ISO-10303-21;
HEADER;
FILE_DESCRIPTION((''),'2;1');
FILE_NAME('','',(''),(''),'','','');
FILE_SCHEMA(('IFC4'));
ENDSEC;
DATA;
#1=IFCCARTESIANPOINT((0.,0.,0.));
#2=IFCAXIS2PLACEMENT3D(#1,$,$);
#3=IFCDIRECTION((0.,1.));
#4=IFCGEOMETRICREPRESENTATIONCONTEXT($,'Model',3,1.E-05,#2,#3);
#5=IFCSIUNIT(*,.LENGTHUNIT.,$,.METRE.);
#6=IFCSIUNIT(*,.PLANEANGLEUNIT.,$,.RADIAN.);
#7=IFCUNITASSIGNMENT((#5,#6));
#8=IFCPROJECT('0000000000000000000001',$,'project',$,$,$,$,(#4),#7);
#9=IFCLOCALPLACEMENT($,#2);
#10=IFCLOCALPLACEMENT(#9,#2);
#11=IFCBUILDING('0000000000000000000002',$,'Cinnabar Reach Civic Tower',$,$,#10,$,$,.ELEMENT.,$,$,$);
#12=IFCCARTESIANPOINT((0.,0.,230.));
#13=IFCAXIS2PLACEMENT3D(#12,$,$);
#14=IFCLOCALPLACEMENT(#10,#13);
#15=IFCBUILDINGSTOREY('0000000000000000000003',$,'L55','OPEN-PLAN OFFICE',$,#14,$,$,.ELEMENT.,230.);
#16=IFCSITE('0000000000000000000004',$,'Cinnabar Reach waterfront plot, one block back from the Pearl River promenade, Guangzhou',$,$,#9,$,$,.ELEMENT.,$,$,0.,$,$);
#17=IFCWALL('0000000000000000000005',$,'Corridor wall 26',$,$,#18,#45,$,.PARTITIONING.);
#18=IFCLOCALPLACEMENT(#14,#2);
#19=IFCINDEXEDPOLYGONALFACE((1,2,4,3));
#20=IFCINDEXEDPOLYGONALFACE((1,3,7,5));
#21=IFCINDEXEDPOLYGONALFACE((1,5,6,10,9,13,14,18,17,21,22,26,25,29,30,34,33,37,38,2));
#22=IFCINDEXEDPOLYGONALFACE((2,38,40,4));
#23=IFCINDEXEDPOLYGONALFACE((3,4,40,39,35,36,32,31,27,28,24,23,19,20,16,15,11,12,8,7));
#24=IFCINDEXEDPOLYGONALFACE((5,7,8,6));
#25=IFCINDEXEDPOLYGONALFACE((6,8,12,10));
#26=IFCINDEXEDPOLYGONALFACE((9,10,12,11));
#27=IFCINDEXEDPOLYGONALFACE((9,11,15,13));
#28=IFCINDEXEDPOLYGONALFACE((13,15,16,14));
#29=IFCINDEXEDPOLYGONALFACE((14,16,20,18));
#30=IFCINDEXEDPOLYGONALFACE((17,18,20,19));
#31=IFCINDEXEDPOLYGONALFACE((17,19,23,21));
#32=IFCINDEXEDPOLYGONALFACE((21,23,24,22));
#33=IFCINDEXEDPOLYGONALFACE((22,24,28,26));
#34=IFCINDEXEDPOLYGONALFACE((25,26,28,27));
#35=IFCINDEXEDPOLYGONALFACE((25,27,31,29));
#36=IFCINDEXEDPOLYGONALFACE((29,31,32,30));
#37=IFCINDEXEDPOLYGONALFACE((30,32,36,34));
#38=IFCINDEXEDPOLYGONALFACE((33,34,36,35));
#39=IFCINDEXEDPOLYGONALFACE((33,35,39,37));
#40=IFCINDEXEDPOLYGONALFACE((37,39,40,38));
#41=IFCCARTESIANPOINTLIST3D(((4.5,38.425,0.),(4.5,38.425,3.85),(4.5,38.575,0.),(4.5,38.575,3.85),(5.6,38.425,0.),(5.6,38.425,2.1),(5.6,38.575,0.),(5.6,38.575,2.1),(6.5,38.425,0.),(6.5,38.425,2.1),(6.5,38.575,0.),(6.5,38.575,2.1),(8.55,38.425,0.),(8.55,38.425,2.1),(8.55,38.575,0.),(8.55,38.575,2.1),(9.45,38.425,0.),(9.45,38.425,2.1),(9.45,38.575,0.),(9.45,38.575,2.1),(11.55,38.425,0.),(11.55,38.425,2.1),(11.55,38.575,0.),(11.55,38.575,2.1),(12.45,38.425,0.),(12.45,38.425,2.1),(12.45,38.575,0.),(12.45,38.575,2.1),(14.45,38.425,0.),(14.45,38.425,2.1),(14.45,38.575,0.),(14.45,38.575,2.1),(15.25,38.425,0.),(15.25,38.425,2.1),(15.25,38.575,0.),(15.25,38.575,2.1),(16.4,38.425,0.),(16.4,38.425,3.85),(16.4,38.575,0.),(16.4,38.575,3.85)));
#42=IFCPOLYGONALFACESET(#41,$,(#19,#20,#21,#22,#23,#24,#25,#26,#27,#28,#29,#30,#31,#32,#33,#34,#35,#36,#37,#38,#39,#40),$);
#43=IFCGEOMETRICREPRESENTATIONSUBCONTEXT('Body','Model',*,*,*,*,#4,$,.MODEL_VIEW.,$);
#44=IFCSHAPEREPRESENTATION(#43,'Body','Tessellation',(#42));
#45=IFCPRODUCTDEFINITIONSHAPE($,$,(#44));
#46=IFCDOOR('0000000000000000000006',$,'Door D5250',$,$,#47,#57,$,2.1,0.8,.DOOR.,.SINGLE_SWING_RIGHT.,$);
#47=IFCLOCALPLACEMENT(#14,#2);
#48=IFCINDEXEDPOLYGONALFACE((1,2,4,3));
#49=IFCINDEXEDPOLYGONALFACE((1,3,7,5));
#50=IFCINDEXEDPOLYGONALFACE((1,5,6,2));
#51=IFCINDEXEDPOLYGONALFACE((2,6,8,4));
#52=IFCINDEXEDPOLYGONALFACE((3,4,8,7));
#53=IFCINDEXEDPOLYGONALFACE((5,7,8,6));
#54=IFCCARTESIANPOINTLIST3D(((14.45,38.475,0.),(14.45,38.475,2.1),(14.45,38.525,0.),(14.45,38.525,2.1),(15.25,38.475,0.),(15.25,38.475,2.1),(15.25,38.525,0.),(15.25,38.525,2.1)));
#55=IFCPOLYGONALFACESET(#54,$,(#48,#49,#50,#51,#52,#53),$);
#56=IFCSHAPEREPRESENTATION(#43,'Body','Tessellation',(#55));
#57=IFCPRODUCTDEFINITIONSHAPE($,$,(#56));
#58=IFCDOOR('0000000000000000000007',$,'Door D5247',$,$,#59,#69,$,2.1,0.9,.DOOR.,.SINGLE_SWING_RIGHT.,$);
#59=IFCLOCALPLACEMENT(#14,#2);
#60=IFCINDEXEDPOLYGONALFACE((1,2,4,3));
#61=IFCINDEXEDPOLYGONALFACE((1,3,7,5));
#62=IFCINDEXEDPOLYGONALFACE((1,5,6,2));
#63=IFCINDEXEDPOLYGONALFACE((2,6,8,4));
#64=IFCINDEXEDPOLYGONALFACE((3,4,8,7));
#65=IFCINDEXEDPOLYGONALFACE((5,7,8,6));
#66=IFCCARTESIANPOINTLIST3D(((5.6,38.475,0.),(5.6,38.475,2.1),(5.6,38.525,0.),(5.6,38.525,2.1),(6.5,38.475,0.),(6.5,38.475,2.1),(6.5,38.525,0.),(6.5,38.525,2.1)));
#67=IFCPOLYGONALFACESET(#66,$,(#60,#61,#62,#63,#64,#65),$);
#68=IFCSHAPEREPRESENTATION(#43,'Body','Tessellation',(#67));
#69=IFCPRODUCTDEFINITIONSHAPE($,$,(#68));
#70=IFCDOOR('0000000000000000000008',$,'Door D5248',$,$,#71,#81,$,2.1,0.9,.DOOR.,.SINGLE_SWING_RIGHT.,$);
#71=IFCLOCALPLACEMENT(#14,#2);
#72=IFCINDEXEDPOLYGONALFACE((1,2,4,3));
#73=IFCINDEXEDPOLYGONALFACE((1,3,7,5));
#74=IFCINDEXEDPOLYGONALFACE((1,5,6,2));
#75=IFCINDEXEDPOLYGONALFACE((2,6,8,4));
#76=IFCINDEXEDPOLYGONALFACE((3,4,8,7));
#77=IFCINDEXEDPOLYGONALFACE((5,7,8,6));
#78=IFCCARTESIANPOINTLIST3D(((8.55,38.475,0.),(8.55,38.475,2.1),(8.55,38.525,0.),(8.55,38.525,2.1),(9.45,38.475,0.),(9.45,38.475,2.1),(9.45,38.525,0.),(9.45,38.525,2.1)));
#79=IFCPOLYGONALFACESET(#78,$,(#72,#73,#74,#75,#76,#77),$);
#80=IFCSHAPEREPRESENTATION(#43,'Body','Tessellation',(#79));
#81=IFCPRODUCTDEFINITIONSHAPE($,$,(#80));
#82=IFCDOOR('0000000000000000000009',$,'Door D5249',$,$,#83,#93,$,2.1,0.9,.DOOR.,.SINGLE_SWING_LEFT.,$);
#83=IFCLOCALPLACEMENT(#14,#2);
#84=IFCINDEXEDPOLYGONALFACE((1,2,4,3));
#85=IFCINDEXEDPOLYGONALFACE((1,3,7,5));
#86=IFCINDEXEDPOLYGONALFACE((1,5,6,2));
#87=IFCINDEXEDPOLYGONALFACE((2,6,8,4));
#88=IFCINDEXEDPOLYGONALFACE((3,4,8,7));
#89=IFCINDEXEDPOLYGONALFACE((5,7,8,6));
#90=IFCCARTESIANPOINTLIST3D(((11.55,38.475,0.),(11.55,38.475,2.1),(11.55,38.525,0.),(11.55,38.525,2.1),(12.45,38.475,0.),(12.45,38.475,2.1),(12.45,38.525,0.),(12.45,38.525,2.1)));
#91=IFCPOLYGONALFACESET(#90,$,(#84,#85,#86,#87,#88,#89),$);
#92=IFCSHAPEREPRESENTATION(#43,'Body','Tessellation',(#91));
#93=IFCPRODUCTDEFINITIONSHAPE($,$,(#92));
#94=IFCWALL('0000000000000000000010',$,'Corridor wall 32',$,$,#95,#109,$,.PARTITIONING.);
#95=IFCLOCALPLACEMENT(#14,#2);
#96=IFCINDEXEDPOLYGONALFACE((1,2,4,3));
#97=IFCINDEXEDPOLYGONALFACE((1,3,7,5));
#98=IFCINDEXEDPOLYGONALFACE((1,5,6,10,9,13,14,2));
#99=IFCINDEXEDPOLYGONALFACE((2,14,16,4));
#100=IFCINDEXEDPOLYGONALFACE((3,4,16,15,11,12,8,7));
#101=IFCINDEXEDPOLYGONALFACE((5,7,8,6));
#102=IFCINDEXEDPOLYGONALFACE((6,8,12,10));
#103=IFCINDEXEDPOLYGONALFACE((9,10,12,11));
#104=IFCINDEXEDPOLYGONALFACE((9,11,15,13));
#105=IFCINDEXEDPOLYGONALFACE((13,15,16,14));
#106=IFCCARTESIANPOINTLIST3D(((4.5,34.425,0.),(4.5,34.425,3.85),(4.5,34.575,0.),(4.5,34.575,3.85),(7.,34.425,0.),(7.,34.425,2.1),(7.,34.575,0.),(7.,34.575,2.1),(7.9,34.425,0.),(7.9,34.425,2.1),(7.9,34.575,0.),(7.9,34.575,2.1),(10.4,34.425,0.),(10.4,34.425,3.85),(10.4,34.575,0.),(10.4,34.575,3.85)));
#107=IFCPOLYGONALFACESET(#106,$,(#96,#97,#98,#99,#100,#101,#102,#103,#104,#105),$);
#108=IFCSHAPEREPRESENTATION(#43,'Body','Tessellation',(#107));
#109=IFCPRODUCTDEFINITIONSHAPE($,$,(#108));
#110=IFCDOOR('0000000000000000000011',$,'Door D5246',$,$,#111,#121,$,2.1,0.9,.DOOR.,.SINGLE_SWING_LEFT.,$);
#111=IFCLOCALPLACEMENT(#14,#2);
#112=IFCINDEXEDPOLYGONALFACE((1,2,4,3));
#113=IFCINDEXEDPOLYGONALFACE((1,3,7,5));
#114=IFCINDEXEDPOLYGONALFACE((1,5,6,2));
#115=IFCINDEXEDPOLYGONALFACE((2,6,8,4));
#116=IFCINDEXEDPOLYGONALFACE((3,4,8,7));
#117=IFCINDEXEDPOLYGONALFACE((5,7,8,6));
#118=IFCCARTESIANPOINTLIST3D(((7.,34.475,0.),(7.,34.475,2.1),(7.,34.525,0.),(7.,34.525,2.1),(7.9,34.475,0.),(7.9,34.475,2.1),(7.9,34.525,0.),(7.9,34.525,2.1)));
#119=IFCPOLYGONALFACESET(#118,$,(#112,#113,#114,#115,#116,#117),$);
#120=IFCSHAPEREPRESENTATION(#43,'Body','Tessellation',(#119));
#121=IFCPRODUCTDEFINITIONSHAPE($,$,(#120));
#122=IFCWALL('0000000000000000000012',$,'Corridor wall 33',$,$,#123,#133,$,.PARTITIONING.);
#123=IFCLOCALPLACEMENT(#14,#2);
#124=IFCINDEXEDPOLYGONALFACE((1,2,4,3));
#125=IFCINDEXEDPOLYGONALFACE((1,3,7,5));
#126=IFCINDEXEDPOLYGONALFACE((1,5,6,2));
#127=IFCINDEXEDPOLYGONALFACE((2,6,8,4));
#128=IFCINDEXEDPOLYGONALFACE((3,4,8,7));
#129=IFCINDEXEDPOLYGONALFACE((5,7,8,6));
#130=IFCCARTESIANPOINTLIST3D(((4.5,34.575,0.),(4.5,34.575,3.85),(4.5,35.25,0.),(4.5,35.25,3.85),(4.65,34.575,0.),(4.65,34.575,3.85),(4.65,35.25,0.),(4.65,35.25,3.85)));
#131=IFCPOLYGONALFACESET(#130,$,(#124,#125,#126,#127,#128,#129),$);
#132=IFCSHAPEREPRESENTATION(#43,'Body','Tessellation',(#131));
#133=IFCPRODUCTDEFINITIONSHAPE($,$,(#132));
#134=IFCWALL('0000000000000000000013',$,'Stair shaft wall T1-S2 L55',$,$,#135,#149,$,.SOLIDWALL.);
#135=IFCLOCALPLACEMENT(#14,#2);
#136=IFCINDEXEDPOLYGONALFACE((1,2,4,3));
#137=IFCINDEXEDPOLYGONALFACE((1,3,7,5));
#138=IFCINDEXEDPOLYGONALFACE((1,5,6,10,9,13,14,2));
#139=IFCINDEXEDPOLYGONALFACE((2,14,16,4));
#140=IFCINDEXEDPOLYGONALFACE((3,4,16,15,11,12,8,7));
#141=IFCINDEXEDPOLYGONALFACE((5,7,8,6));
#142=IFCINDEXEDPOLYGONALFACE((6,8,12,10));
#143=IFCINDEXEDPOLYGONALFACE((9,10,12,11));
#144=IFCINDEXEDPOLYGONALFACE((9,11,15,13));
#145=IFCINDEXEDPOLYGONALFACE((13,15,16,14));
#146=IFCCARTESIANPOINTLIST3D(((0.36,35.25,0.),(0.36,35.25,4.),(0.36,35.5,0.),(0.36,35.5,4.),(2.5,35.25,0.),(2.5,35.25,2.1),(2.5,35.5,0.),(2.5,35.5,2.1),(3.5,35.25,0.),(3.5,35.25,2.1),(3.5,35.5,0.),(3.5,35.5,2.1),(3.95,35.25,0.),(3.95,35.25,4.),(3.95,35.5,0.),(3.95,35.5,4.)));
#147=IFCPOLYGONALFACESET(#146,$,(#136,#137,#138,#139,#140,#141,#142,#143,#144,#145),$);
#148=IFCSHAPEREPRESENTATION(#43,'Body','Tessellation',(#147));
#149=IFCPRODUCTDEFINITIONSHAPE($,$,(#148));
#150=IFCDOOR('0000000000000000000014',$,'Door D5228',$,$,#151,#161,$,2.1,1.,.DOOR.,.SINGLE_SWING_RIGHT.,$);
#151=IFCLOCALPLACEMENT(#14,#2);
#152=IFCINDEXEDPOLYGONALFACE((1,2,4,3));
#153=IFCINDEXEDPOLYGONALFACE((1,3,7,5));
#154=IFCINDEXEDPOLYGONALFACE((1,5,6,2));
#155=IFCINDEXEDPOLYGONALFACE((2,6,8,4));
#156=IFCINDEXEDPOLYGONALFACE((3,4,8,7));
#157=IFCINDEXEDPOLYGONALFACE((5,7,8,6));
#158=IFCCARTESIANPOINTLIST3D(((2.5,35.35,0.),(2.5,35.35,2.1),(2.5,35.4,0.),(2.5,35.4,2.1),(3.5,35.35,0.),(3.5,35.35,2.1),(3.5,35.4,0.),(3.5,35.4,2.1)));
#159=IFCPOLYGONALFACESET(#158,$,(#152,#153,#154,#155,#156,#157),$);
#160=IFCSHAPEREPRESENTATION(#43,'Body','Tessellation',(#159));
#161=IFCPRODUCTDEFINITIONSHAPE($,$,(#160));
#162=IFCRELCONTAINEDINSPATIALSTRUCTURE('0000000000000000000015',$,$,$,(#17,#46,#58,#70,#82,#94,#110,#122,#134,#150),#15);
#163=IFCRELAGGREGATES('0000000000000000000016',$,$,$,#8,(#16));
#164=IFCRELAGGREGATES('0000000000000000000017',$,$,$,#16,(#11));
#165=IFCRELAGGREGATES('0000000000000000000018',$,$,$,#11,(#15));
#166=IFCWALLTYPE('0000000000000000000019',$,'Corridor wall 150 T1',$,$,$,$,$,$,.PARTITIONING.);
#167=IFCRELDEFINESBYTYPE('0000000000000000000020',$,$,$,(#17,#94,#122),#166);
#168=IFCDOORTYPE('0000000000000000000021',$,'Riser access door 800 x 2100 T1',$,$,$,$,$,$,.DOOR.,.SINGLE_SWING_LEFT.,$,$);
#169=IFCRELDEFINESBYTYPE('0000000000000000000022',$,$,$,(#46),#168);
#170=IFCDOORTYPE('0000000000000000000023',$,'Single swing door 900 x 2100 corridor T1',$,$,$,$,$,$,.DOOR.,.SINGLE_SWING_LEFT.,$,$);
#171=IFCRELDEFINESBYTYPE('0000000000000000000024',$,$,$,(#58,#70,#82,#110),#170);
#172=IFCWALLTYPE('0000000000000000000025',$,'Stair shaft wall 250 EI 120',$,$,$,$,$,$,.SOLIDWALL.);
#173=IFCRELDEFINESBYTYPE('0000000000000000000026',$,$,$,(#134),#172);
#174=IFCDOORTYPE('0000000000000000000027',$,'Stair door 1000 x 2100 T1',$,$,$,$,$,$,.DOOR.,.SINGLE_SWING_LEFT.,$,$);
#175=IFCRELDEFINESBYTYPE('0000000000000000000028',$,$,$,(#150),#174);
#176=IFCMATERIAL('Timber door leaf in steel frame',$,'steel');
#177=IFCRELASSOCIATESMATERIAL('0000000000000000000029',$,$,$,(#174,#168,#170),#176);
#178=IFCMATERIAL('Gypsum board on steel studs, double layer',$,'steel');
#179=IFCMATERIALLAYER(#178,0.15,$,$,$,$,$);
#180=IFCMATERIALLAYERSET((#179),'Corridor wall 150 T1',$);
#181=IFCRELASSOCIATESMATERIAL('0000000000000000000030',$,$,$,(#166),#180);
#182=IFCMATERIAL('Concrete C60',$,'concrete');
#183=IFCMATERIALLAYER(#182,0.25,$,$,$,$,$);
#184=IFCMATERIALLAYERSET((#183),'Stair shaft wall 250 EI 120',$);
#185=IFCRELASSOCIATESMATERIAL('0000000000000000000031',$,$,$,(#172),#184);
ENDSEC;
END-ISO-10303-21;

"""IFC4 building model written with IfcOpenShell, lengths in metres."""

from ifc_helpers import new_model, si_unit, direction, frame, frame_2d, origin, place, context, subcontext, project, spatial, rectangle, extrude, material, layer, layer_set, type_object, element, fill, save


model = new_model("IFC4")

# Units and contexts
model_context = context("Model", 3, precision=1e-05, world=origin(), true_north=direction((0.0, 1.0)))
body_context = subcontext(model_context, "Body", "Model", "MODEL_VIEW")
ifc_project = project(units=[si_unit("LENGTHUNIT", "METRE"), si_unit("PLANEANGLEUNIT", "RADIAN")], contexts=[model_context])

# Site, building, storey
site_placement = place(None, origin())
site = spatial("IfcSite", under=ifc_project, at=site_placement, Name="Cinnabar Reach waterfront plot, one block back from the Pearl River promenade, Guangzhou", CompositionType="ELEMENT", RefElevation=0.0)
building_placement = place(site_placement, origin())
building = spatial("IfcBuilding", under=site, at=building_placement, Name="Cinnabar Reach Civic Tower", CompositionType="ELEMENT")
storey_placement = place(building_placement, frame((0.0, 0.0, 230.0)))
storey = spatial("IfcBuildingStorey", under=building, at=storey_placement, Name="L55", Description="OPEN-PLAN OFFICE", CompositionType="ELEMENT", Elevation=230.0)

# Shared definitions
ifc_material_1 = material(Name="Concrete C60", Category="concrete")
ifc_material_2 = material(Name="Timber door leaf in steel frame", Category="steel")
door_type_1 = type_object("IfcDoorType", Name="Stair door 1000 x 2100 T1", OperationType="SINGLE_SWING_LEFT", PredefinedType="DOOR", material=ifc_material_2)

# Wall, openings, doors
ifc_material_3 = material(Name="Gypsum board on steel studs, double layer", Category="steel")
ifc_layer_1 = layer(ifc_material_3, 0.15)
ifc_layer_set_1 = layer_set([ifc_layer_1], Name="Corridor wall 150 T1")
wall_type_1 = type_object("IfcWallType", Name="Corridor wall 150 T1", PredefinedType="PARTITIONING", material=ifc_layer_set_1)
wall_1_placement = place(storey_placement, frame((4.5, 38.5, 0.0), z_axis=(0.0, 0.0, 1.0), x_axis=(1.0, 0.0, 0.0)))
wall_1 = element("IfcWall", 1, at=wall_1_placement, inside=storey, type_object=wall_type_1, Name="Corridor wall 26", PredefinedType="PARTITIONING", context=body_context, shape_type="SweptSolid", body=[
    extrude(rectangle(XDim=11.9, YDim=0.15, at=frame_2d((5.95, 0.0))), origin(), (0.0, 0.0, 1.0), 3.85),
])
opening_1_placement = place(wall_1_placement, frame((1.1, 0.0, 0.0)))
opening_1 = element("IfcOpeningElement", 2, at=opening_1_placement, cuts=wall_1, PredefinedType="OPENING", context=body_context, shape_type="SweptSolid", body=[
    extrude(rectangle(XDim=0.9, YDim=2.1, at=frame_2d((0.45, 1.05))), frame((0.0, 0.085, 0.0), z_axis=(0.0, -1.0, 0.0), x_axis=(1.0, 0.0, 0.0)), (0.0, 0.0, 1.0), 0.17),
])
opening_2_placement = place(wall_1_placement, frame((4.05, 0.0, 0.0)))
opening_2 = element("IfcOpeningElement", 3, at=opening_2_placement, cuts=wall_1, PredefinedType="OPENING", context=body_context, shape_type="SweptSolid", body=[
    extrude(rectangle(XDim=0.9, YDim=2.1, at=frame_2d((0.45, 1.05))), frame((0.0, 0.085, 0.0), z_axis=(0.0, -1.0, 0.0), x_axis=(1.0, 0.0, 0.0)), (0.0, 0.0, 1.0), 0.17),
])
opening_3_placement = place(wall_1_placement, frame((7.05, 0.0, 0.0)))
opening_3 = element("IfcOpeningElement", 4, at=opening_3_placement, cuts=wall_1, PredefinedType="OPENING", context=body_context, shape_type="SweptSolid", body=[
    extrude(rectangle(XDim=0.9, YDim=2.1, at=frame_2d((0.45, 1.05))), frame((0.0, 0.085, 0.0), z_axis=(0.0, -1.0, 0.0), x_axis=(1.0, 0.0, 0.0)), (0.0, 0.0, 1.0), 0.17),
])
opening_4_placement = place(wall_1_placement, frame((9.95, 0.0, 0.0)))
opening_4 = element("IfcOpeningElement", 5, at=opening_4_placement, cuts=wall_1, PredefinedType="OPENING", context=body_context, shape_type="SweptSolid", body=[
    extrude(rectangle(XDim=0.8, YDim=2.1, at=frame_2d((0.4, 1.05))), frame((0.0, 0.085, 0.0), z_axis=(0.0, -1.0, 0.0), x_axis=(1.0, 0.0, 0.0)), (0.0, 0.0, 1.0), 0.17),
])
door_type_2 = type_object("IfcDoorType", Name="Riser access door 800 x 2100 T1", OperationType="SINGLE_SWING_LEFT", PredefinedType="DOOR", material=ifc_material_2)
door_1_placement = place(opening_4_placement, origin())
door_1 = element("IfcDoor", 6, at=door_1_placement, inside=storey, type_object=door_type_2, Name="Door D5250", OperationType="SINGLE_SWING_RIGHT", OverallHeight=2.1, OverallWidth=0.8, PredefinedType="DOOR", context=body_context, shape_type="SweptSolid", body=[
    extrude(rectangle(XDim=0.8, YDim=2.1, at=frame_2d((0.4, 1.05))), frame((0.0, 0.025, 0.0), z_axis=(0.0, -1.0, 0.0), x_axis=(1.0, 0.0, 0.0)), (0.0, 0.0, 1.0), 0.05),
])
fill(opening_4, door_1)
door_type_3 = type_object("IfcDoorType", Name="Single swing door 900 x 2100 corridor T1", OperationType="SINGLE_SWING_LEFT", PredefinedType="DOOR", material=ifc_material_2)
door_2_placement = place(opening_1_placement, origin())
door_2 = element("IfcDoor", 7, at=door_2_placement, inside=storey, type_object=door_type_3, Name="Door D5247", OperationType="SINGLE_SWING_RIGHT", OverallHeight=2.1, OverallWidth=0.9, PredefinedType="DOOR", context=body_context, shape_type="SweptSolid", body=[
    extrude(rectangle(XDim=0.9, YDim=2.1, at=frame_2d((0.45, 1.05))), frame((0.0, 0.025, 0.0), z_axis=(0.0, -1.0, 0.0), x_axis=(1.0, 0.0, 0.0)), (0.0, 0.0, 1.0), 0.05),
])
fill(opening_1, door_2)
door_3_placement = place(opening_2_placement, origin())
door_3 = element("IfcDoor", 8, at=door_3_placement, inside=storey, type_object=door_type_3, Name="Door D5248", OperationType="SINGLE_SWING_RIGHT", OverallHeight=2.1, OverallWidth=0.9, PredefinedType="DOOR", context=body_context, shape_type="SweptSolid", body=[
    extrude(rectangle(XDim=0.9, YDim=2.1, at=frame_2d((0.45, 1.05))), frame((0.0, 0.025, 0.0), z_axis=(0.0, -1.0, 0.0), x_axis=(1.0, 0.0, 0.0)), (0.0, 0.0, 1.0), 0.05),
])
fill(opening_2, door_3)
door_4_placement = place(opening_3_placement, origin())
door_4 = element("IfcDoor", 9, at=door_4_placement, inside=storey, type_object=door_type_3, Name="Door D5249", OperationType="SINGLE_SWING_LEFT", OverallHeight=2.1, OverallWidth=0.9, PredefinedType="DOOR", context=body_context, shape_type="SweptSolid", body=[
    extrude(rectangle(XDim=0.9, YDim=2.1, at=frame_2d((0.45, 1.05))), frame((0.0, 0.025, 0.0), z_axis=(0.0, -1.0, 0.0), x_axis=(1.0, 0.0, 0.0)), (0.0, 0.0, 1.0), 0.05),
])
fill(opening_3, door_4)

# Wall, opening, door
wall_2_placement = place(storey_placement, frame((4.5, 34.5, 0.0), z_axis=(0.0, 0.0, 1.0), x_axis=(1.0, 0.0, 0.0)))
wall_2 = element("IfcWall", 10, at=wall_2_placement, inside=storey, type_object=wall_type_1, Name="Corridor wall 32", PredefinedType="PARTITIONING", context=body_context, shape_type="SweptSolid", body=[
    extrude(rectangle(XDim=5.9, YDim=0.15, at=frame_2d((2.95, 0.0))), origin(), (0.0, 0.0, 1.0), 3.85),
])
opening_5_placement = place(wall_2_placement, frame((2.5, 0.0, 0.0)))
opening_5 = element("IfcOpeningElement", 11, at=opening_5_placement, cuts=wall_2, PredefinedType="OPENING", context=body_context, shape_type="SweptSolid", body=[
    extrude(rectangle(XDim=0.9, YDim=2.1, at=frame_2d((0.45, 1.05))), frame((0.0, 0.085, 0.0), z_axis=(0.0, -1.0, 0.0), x_axis=(1.0, 0.0, 0.0)), (0.0, 0.0, 1.0), 0.17),
])
door_5_placement = place(opening_5_placement, frame((0.9, 0.0, 0.0), z_axis=(0.0, 0.0, 1.0), x_axis=(-1.0, 0.0, 0.0)))
door_5 = element("IfcDoor", 12, at=door_5_placement, inside=storey, type_object=door_type_3, Name="Door D5246", OperationType="SINGLE_SWING_LEFT", OverallHeight=2.1, OverallWidth=0.9, PredefinedType="DOOR", context=body_context, shape_type="SweptSolid", body=[
    extrude(rectangle(XDim=0.9, YDim=2.1, at=frame_2d((0.45, 1.05))), frame((0.0, 0.025, 0.0), z_axis=(0.0, -1.0, 0.0), x_axis=(1.0, 0.0, 0.0)), (0.0, 0.0, 1.0), 0.05),
])
fill(opening_5, door_5)

# Wall
wall_3_placement = place(storey_placement, frame((4.575, 34.575, 0.0), z_axis=(0.0, 0.0, 1.0), x_axis=(0.0, 1.0, 0.0)))
element("IfcWall", 13, at=wall_3_placement, inside=storey, type_object=wall_type_1, Name="Corridor wall 33", PredefinedType="PARTITIONING", context=body_context, shape_type="SweptSolid", body=[
    extrude(rectangle(XDim=0.675, YDim=0.15, at=frame_2d((0.3375, 0.0))), origin(), (0.0, 0.0, 1.0), 3.85),
])

# Wall, opening, door
ifc_layer_2 = layer(ifc_material_1, 0.25)
ifc_layer_set_2 = layer_set([ifc_layer_2], Name="Stair shaft wall 250 EI 120")
wall_type_2 = type_object("IfcWallType", Name="Stair shaft wall 250 EI 120", PredefinedType="SOLIDWALL", material=ifc_layer_set_2)
wall_4_placement = place(storey_placement, frame((0.36, 35.375, 0.0), z_axis=(0.0, 0.0, 1.0), x_axis=(1.0, 0.0, 0.0)))
wall_4 = element("IfcWall", 14, at=wall_4_placement, inside=storey, type_object=wall_type_2, Name="Stair shaft wall T1-S2 L55", PredefinedType="SOLIDWALL", context=body_context, shape_type="SweptSolid", body=[
    extrude(rectangle(XDim=3.59, YDim=0.25, at=frame_2d((1.795, 0.0))), origin(), (0.0, 0.0, 1.0), 4.0),
])
opening_6_placement = place(wall_4_placement, frame((2.14, 0.0, 0.0)))
opening_6 = element("IfcOpeningElement", 15, at=opening_6_placement, cuts=wall_4, PredefinedType="OPENING", context=body_context, shape_type="SweptSolid", body=[
    extrude(rectangle(XDim=1.0, YDim=2.1, at=frame_2d((0.5, 1.05))), frame((0.0, 0.135, 0.0), z_axis=(0.0, -1.0, 0.0), x_axis=(1.0, 0.0, 0.0)), (0.0, 0.0, 1.0), 0.27),
])
door_6_placement = place(opening_6_placement, origin())
door_6 = element("IfcDoor", 16, at=door_6_placement, inside=storey, type_object=door_type_1, Name="Door D5228", OperationType="SINGLE_SWING_RIGHT", OverallHeight=2.1, OverallWidth=1.0, PredefinedType="DOOR", context=body_context, shape_type="SweptSolid", body=[
    extrude(rectangle(XDim=1.0, YDim=2.1, at=frame_2d((0.5, 1.05))), frame((0.0, 0.025, 0.0), z_axis=(0.0, -1.0, 0.0), x_axis=(1.0, 0.0, 0.0)), (0.0, 0.0, 1.0), 0.05),
])
fill(opening_6, door_6)

save(model, "model.ifc")
